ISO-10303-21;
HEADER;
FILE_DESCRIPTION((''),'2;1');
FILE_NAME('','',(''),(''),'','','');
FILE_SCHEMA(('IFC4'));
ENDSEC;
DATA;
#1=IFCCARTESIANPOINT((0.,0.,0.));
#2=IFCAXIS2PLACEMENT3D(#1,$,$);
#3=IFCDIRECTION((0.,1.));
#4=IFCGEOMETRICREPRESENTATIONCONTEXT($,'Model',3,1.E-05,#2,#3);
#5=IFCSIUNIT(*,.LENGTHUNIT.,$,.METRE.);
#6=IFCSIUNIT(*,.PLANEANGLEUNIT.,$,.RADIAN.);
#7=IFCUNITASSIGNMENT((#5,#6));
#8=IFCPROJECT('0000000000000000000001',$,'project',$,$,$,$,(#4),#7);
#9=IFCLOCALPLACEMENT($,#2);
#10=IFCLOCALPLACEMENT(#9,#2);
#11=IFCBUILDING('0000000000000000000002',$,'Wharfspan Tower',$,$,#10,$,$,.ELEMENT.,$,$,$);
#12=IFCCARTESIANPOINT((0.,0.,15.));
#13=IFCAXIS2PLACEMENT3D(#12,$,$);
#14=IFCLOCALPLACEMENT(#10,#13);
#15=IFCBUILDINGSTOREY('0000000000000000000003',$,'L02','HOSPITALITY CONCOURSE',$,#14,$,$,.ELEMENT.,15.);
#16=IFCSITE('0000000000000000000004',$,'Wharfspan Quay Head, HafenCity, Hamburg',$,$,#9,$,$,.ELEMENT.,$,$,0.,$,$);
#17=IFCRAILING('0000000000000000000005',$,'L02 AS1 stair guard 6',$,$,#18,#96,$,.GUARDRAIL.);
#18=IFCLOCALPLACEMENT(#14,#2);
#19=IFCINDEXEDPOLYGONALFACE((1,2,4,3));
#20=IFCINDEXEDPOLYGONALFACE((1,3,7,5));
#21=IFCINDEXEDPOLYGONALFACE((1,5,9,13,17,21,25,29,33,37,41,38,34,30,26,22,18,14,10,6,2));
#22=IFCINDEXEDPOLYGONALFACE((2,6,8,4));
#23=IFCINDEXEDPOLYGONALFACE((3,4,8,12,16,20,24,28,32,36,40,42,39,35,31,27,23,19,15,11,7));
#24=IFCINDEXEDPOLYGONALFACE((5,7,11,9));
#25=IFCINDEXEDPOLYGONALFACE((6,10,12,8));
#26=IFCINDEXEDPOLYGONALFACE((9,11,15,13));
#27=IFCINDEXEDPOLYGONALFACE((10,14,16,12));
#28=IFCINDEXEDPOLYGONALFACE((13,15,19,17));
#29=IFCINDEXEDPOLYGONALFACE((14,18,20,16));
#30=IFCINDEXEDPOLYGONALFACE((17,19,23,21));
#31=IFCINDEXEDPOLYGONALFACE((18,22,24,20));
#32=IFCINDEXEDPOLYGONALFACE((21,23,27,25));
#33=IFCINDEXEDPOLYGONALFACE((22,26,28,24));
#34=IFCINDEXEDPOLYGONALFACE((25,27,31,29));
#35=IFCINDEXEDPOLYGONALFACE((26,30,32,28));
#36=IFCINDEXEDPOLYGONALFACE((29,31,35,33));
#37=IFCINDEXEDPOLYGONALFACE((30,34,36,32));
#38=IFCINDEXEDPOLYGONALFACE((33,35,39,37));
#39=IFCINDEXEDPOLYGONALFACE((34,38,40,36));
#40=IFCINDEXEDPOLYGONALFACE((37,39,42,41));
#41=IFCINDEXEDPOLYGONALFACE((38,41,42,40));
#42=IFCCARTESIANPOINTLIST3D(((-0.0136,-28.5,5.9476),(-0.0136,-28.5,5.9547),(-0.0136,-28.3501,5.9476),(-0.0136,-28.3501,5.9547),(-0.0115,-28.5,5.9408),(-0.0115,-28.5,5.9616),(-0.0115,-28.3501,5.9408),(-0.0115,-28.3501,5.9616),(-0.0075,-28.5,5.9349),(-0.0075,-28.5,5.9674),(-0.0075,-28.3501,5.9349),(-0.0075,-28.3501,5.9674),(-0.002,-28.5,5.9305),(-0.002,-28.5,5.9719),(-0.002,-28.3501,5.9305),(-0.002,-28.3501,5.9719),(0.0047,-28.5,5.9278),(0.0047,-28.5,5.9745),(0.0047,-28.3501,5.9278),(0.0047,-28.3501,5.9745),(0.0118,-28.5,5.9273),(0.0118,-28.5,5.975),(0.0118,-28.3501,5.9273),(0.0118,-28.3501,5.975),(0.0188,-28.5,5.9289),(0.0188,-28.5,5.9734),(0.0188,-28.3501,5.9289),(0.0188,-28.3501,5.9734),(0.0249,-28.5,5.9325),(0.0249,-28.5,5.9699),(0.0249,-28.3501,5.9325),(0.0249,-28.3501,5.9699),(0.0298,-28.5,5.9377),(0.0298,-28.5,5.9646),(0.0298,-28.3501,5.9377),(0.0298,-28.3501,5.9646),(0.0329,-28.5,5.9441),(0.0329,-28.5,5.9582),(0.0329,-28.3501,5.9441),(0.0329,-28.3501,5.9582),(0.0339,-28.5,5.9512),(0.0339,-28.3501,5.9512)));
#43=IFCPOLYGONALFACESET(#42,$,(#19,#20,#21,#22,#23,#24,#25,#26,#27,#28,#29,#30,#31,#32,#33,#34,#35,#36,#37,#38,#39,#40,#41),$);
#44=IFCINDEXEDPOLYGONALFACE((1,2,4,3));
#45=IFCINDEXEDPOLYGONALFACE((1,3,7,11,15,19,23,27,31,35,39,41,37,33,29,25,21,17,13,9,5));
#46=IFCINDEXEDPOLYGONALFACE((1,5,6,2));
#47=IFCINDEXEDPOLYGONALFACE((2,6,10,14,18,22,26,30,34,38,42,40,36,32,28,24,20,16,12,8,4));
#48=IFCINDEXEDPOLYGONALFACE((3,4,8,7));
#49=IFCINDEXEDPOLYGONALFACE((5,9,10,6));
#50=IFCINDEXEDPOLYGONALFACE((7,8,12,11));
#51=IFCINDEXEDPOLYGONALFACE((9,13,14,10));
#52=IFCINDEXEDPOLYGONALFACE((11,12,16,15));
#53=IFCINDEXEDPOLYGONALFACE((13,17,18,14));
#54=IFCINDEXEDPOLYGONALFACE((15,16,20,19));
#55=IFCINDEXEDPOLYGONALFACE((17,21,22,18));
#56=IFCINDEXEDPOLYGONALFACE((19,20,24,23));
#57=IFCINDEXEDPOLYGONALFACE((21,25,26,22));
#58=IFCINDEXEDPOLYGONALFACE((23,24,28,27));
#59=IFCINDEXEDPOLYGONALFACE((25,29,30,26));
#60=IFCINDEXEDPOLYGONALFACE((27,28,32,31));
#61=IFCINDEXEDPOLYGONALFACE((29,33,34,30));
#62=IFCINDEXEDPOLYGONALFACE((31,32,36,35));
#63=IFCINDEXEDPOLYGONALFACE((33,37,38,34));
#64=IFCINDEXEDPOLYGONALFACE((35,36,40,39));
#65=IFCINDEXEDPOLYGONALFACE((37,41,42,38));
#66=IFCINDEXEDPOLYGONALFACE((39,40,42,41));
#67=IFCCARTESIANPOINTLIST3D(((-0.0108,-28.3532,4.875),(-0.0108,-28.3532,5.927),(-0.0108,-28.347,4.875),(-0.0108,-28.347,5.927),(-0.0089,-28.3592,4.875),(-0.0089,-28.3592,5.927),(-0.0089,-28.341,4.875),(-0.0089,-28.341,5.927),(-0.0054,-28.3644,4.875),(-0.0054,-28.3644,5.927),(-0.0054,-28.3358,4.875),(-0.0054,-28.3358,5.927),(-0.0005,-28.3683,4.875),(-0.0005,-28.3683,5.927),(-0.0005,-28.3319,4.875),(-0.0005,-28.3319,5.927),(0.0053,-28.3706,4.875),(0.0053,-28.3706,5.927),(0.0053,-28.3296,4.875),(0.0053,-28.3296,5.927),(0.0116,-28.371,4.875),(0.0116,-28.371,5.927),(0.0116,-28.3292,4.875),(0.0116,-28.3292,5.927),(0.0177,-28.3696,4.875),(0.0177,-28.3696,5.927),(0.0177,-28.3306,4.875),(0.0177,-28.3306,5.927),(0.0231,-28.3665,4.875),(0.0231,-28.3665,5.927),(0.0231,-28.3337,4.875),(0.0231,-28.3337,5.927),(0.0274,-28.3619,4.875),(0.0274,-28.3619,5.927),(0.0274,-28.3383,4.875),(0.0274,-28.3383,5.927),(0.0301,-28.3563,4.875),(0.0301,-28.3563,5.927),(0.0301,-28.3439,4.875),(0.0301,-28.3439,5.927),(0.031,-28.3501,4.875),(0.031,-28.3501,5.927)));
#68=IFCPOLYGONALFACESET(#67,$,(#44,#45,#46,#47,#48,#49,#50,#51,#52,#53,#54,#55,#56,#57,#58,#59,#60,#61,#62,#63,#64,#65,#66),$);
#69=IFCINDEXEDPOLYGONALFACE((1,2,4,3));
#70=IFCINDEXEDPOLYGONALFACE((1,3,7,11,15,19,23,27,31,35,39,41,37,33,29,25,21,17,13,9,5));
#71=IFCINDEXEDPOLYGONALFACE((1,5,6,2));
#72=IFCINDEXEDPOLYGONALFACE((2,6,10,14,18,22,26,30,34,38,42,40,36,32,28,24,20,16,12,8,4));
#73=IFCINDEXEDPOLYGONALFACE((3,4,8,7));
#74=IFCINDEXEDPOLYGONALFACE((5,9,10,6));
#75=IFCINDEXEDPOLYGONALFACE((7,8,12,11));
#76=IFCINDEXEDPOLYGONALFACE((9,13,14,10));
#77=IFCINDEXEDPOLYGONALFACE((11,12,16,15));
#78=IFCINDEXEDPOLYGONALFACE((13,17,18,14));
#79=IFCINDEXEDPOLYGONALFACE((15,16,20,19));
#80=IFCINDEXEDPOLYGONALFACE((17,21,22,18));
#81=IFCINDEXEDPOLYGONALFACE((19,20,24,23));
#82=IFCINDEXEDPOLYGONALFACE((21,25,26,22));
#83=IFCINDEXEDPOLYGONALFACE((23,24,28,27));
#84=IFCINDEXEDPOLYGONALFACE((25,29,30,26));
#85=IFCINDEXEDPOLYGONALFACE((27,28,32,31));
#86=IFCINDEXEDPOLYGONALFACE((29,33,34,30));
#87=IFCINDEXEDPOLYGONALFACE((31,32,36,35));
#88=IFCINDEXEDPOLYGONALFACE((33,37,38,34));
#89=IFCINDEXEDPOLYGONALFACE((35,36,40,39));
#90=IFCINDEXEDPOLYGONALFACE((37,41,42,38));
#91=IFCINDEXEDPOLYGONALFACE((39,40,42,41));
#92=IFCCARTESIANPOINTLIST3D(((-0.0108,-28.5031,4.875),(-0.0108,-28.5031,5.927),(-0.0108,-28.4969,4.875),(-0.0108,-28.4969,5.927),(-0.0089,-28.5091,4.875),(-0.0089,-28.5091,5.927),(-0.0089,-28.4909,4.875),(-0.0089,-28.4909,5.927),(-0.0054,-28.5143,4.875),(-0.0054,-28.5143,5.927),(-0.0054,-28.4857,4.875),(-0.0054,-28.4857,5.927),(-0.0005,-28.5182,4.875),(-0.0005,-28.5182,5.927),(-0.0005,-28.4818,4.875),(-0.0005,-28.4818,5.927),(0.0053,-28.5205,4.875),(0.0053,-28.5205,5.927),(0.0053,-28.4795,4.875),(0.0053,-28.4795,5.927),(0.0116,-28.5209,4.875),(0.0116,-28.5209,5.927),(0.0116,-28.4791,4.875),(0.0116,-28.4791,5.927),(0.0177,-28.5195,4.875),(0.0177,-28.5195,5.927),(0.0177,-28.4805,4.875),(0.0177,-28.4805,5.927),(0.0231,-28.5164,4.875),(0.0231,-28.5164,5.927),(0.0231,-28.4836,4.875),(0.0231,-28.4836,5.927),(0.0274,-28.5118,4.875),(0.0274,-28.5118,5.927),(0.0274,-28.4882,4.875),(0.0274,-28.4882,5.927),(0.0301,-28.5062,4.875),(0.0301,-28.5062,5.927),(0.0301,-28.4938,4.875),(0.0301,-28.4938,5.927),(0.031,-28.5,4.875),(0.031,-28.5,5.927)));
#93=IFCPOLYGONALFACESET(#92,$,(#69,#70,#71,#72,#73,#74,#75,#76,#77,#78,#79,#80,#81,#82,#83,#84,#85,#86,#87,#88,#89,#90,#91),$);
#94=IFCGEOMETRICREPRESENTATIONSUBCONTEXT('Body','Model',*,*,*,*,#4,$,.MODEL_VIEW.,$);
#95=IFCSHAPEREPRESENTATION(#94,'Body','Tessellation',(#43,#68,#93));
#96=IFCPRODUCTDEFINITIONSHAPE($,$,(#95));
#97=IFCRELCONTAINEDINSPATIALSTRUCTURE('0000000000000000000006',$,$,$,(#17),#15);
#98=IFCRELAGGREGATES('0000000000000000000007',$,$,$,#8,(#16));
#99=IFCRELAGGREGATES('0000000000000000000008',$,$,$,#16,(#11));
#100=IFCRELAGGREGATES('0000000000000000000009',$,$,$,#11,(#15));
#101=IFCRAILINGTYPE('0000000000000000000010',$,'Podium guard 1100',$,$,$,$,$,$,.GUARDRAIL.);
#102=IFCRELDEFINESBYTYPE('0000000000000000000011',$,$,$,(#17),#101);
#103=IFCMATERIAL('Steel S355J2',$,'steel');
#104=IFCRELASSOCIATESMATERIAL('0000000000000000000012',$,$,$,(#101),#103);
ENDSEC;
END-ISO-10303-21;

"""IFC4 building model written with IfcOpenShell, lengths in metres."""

from ifc_helpers import new_model, si_unit, direction, frame, origin, origin_2d, place, context, subcontext, project, spatial, circle, extrude, material, type_object, element, save


model = new_model("IFC4")

# Units and contexts
model_context = context("Model", 3, precision=1e-05, world=origin(), true_north=direction((0.0, 1.0)))
body_context = subcontext(model_context, "Body", "Model", "MODEL_VIEW")
ifc_project = project(units=[si_unit("LENGTHUNIT", "METRE"), si_unit("PLANEANGLEUNIT", "RADIAN")], contexts=[model_context])

# Site, building, storey
site_placement = place(None, origin())
site = spatial("IfcSite", under=ifc_project, at=site_placement, Name="Wharfspan Quay Head, HafenCity, Hamburg", CompositionType="ELEMENT", RefElevation=0.0)
building_placement = place(site_placement, origin())
building = spatial("IfcBuilding", under=site, at=building_placement, Name="Wharfspan Tower", CompositionType="ELEMENT")
storey_placement = place(building_placement, frame((0.0, 0.0, 15.0)))
storey = spatial("IfcBuildingStorey", under=building, at=storey_placement, Name="L02", Description="HOSPITALITY CONCOURSE", CompositionType="ELEMENT", Elevation=15.0)

# Railing
ifc_material_1 = material(Name="Steel S355J2", Category="steel")
railing_type_1 = type_object("IfcRailingType", Name="Podium guard 1100", PredefinedType="GUARDRAIL", material=ifc_material_1)
railing_1_placement = place(storey_placement, frame((0.01, -28.3501, 4.875)))
element("IfcRailing", 1, at=railing_1_placement, inside=storey, type_object=railing_type_1, Name="L02 AS1 stair guard 6", PredefinedType="GUARDRAIL", context=body_context, shape_type="SweptSolid", body=[
    extrude(circle(Radius=0.0239, at=origin_2d()), frame((0.0, 0.0, 1.0762), z_axis=(0.0, -1.0, 0.0), x_axis=(1.0, 0.0, 0.0)), (0.0, 0.0, 1.0), 0.1499),
    extrude(circle(Radius=0.021, at=origin_2d()), origin(), (0.0, 0.0, 1.0), 1.052),
    extrude(circle(Radius=0.021, at=origin_2d()), frame((0.0, -0.1499, 0.0)), (0.0, 0.0, 1.0), 1.052),
])

save(model, "model.ifc")
